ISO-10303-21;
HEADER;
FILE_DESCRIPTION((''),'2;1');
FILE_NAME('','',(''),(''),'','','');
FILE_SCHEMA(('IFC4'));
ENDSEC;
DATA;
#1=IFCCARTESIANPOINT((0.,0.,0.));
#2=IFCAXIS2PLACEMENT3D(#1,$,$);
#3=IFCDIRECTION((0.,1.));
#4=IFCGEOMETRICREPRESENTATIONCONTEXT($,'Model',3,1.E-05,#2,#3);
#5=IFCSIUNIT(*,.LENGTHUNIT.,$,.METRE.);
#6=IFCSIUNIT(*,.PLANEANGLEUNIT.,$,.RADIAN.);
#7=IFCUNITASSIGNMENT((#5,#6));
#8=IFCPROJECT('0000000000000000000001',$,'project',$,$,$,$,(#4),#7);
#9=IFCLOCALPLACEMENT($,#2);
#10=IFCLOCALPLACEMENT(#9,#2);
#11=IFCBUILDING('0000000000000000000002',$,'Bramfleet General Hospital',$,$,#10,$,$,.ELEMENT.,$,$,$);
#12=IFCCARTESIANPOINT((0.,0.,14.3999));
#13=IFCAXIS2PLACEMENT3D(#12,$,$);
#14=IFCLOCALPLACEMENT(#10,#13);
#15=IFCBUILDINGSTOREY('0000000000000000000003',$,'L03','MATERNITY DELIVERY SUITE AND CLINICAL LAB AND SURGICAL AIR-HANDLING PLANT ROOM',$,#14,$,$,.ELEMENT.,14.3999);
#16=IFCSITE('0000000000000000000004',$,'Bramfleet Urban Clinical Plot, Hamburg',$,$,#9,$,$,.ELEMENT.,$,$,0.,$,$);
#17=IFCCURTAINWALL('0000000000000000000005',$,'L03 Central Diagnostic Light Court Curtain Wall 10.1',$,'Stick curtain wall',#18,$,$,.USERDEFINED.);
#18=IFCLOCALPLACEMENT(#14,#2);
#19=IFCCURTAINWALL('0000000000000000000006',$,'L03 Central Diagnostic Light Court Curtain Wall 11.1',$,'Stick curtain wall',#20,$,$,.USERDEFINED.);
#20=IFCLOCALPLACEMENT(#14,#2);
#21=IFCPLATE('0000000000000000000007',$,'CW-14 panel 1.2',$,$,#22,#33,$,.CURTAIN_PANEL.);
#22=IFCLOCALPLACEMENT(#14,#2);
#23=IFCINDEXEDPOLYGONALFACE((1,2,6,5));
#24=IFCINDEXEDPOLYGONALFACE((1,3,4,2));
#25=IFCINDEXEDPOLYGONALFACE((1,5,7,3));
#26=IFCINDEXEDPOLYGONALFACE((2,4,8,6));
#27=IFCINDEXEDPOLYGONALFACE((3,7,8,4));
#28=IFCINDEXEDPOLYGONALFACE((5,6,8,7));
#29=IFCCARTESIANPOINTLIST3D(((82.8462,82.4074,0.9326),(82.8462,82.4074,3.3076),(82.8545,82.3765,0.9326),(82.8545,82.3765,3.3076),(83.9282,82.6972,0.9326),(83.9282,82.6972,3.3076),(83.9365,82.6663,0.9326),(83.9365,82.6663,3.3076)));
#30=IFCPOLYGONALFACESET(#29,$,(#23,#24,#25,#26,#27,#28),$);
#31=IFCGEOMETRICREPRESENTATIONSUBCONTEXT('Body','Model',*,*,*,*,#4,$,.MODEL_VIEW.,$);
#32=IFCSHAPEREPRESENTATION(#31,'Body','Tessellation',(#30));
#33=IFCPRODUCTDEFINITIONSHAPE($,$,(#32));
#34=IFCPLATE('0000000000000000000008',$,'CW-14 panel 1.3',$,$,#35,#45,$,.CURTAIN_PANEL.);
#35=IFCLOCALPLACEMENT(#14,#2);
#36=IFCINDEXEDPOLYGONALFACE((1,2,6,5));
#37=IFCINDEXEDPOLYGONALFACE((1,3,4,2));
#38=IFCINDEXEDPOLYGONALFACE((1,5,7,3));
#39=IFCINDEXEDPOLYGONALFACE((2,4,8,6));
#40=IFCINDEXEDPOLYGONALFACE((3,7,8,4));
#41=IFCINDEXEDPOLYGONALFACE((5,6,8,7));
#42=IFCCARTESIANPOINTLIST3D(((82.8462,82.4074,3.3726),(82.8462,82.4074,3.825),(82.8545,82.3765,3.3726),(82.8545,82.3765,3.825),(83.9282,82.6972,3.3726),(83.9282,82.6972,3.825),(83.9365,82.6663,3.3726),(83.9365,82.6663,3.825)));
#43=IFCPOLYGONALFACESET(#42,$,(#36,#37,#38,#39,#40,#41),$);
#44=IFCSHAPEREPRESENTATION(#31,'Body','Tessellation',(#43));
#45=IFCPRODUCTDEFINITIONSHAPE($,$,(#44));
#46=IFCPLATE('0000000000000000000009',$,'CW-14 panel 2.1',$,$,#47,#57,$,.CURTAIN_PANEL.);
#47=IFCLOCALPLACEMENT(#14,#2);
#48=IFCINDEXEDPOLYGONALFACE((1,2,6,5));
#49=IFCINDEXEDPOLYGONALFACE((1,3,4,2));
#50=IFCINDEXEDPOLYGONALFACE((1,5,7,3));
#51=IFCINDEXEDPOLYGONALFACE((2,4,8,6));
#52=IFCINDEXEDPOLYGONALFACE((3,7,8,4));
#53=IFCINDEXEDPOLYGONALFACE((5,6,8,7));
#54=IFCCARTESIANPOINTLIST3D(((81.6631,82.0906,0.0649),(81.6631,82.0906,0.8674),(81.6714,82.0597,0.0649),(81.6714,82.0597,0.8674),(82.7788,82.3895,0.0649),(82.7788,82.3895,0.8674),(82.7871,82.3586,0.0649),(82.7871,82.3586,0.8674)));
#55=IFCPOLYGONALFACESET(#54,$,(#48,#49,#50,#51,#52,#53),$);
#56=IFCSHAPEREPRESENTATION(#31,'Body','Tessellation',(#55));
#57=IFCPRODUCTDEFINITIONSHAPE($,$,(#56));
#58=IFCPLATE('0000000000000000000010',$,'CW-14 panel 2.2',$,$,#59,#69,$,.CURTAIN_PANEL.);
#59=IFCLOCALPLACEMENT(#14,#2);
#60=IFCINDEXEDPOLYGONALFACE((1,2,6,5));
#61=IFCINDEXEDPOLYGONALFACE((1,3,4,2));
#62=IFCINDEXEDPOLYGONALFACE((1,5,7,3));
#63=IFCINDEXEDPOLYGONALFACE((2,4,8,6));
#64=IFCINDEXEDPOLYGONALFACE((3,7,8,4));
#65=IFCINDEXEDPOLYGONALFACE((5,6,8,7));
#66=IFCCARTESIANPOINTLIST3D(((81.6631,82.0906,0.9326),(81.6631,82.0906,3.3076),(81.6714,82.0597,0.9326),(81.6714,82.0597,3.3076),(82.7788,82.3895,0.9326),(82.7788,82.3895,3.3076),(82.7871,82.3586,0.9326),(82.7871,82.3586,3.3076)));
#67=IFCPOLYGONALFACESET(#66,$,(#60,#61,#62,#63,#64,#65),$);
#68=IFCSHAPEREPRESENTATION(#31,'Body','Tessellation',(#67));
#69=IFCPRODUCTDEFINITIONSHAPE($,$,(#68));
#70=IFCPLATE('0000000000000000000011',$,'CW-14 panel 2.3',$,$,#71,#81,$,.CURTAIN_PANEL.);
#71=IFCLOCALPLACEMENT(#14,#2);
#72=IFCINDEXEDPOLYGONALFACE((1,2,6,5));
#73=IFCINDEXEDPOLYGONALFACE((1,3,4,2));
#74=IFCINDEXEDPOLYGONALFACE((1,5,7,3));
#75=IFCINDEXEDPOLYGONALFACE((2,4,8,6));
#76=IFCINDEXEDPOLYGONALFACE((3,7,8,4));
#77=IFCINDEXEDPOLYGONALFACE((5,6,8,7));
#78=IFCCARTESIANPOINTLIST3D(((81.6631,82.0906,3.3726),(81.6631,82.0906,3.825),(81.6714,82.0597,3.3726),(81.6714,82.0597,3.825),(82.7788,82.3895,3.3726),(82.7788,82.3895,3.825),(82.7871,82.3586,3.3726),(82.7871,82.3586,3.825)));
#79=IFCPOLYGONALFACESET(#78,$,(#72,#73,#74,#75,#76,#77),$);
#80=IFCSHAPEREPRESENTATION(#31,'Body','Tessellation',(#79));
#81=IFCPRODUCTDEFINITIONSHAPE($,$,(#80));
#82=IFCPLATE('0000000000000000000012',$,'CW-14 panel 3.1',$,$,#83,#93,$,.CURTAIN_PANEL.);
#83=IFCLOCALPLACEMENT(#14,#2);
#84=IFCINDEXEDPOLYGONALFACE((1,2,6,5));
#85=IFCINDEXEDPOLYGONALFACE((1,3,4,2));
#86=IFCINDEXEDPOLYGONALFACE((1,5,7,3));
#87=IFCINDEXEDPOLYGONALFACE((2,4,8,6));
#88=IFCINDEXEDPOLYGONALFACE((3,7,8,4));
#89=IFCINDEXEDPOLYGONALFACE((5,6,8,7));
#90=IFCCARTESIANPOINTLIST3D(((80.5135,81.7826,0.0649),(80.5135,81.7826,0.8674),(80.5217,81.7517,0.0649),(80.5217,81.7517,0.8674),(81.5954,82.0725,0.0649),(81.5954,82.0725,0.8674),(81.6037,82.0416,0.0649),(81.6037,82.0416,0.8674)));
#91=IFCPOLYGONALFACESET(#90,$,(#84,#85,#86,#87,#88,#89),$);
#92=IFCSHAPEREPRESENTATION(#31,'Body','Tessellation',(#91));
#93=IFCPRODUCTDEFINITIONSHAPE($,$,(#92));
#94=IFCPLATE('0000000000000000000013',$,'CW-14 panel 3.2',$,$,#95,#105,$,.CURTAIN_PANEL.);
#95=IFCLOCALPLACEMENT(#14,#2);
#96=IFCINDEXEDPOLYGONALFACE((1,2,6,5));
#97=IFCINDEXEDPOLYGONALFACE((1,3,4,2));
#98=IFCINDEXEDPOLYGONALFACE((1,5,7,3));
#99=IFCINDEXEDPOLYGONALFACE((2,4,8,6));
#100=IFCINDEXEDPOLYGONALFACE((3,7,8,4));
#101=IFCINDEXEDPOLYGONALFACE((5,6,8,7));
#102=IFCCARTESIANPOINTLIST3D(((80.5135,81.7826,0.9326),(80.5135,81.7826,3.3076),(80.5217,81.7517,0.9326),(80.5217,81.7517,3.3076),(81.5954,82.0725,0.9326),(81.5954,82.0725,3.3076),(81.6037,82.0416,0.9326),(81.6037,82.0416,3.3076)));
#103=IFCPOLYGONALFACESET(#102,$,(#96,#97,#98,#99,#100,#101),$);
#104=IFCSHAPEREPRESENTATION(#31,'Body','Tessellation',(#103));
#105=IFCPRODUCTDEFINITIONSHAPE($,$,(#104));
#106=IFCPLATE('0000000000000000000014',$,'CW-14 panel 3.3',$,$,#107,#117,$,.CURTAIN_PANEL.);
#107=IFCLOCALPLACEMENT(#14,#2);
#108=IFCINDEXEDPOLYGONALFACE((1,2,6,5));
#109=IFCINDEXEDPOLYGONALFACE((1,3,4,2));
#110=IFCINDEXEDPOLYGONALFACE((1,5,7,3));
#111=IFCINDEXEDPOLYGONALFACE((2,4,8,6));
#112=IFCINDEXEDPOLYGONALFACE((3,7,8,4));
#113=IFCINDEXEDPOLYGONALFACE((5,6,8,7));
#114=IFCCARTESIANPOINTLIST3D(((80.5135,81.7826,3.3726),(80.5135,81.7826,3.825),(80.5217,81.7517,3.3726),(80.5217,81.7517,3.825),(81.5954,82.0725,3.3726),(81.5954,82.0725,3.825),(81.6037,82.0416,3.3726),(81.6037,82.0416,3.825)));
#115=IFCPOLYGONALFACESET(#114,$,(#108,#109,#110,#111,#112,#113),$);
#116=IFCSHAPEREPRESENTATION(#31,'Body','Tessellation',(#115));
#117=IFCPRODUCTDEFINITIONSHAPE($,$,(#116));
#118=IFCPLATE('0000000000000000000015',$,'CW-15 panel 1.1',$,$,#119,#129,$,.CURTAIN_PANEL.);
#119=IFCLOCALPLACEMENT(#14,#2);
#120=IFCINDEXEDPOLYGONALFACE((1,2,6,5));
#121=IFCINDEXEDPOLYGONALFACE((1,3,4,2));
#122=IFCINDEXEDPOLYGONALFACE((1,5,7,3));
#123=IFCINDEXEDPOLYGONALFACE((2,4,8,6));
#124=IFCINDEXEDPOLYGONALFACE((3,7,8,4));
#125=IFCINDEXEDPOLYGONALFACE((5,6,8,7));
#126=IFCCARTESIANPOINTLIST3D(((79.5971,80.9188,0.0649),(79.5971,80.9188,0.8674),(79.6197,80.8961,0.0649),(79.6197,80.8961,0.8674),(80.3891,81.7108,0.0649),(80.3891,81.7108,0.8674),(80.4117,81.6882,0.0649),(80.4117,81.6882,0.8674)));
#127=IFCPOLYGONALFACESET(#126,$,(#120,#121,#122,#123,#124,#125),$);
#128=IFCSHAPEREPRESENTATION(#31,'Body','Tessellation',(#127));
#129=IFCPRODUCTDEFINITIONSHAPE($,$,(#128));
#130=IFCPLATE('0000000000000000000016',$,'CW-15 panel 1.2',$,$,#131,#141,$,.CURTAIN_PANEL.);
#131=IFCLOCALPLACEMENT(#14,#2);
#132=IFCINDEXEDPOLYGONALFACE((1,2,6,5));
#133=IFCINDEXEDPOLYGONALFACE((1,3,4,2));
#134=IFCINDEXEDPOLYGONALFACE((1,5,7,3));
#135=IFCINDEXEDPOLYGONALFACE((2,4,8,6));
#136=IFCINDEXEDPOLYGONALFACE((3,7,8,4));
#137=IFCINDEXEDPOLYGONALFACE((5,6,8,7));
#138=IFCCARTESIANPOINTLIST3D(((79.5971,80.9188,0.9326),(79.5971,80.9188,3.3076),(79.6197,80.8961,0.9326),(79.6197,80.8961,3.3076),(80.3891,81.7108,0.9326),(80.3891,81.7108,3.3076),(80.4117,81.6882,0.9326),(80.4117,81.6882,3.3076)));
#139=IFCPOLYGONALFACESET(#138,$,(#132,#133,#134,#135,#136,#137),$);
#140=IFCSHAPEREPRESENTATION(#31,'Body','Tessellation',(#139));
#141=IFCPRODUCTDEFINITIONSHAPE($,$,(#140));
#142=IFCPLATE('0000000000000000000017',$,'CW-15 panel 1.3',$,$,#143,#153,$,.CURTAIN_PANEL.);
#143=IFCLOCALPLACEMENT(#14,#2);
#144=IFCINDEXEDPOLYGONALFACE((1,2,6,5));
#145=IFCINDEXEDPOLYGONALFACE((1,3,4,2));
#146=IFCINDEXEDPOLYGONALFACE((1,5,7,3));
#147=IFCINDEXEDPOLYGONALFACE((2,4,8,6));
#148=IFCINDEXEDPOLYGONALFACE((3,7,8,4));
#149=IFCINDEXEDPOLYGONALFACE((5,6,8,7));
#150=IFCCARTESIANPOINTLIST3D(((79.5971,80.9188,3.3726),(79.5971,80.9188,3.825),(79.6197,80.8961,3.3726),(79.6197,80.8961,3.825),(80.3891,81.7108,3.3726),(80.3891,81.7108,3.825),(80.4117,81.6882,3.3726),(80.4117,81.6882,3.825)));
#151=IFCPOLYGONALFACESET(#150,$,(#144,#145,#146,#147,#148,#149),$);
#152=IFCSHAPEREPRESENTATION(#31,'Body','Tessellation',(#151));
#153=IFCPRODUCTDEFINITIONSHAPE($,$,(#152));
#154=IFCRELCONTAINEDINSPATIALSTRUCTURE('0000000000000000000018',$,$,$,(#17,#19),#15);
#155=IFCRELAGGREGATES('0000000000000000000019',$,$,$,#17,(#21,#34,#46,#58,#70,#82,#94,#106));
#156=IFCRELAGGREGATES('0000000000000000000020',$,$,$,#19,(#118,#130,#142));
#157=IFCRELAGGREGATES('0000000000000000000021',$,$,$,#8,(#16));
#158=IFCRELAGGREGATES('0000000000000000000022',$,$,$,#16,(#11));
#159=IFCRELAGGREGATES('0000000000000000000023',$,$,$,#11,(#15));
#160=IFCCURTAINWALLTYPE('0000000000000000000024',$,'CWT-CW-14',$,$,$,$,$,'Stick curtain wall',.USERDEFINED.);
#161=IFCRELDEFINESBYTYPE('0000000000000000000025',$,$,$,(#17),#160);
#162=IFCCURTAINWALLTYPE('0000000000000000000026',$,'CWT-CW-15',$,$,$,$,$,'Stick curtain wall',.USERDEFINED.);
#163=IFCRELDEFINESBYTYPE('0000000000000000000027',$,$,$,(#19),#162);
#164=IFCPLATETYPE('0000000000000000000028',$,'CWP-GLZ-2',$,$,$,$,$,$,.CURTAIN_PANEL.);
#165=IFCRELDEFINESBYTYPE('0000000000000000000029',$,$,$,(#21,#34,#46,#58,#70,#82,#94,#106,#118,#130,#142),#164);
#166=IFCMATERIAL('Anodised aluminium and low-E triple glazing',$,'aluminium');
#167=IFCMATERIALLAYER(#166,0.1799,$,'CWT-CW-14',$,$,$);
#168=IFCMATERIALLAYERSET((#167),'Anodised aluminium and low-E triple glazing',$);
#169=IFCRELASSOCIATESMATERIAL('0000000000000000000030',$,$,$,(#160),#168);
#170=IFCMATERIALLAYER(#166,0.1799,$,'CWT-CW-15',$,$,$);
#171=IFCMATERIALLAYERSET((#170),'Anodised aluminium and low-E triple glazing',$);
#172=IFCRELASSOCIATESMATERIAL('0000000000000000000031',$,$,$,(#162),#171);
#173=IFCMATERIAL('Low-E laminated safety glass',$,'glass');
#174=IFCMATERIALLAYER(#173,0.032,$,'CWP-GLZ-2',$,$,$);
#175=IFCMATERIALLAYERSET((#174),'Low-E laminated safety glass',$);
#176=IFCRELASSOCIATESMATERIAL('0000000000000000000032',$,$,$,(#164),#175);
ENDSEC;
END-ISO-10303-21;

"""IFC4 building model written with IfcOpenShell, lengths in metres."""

from ifc_helpers import new_model, si_unit, direction, frame, origin, origin_2d, place, context, subcontext, project, spatial, rectangle, extrude, material, layer, layer_set, type_object, element, aggregate, save


model = new_model("IFC4")

# Units and contexts
model_context = context("Model", 3, precision=1e-05, world=origin(), true_north=direction((0.0, 1.0)))
body_context = subcontext(model_context, "Body", "Model", "MODEL_VIEW")
ifc_project = project(units=[si_unit("LENGTHUNIT", "METRE"), si_unit("PLANEANGLEUNIT", "RADIAN")], contexts=[model_context])

# Site, building, storey
site_placement = place(None, origin())
site = spatial("IfcSite", under=ifc_project, at=site_placement, Name="Bramfleet Urban Clinical Plot, Hamburg", CompositionType="ELEMENT", RefElevation=0.0)
building_placement = place(site_placement, origin())
building = spatial("IfcBuilding", under=site, at=building_placement, Name="Bramfleet General Hospital", CompositionType="ELEMENT")
storey_placement = place(building_placement, frame((0.0, 0.0, 14.3999)))
storey = spatial("IfcBuildingStorey", under=building, at=storey_placement, Name="L03", Description="MATERNITY DELIVERY SUITE AND CLINICAL LAB AND SURGICAL AIR-HANDLING PLANT ROOM", CompositionType="ELEMENT", Elevation=14.3999)

# Curtain walls
ifc_material_1 = material(Name="Anodised aluminium and low-E triple glazing", Category="aluminium")
ifc_layer_1 = layer(ifc_material_1, 0.1799, Name="CWT-CW-14")
ifc_layer_set_1 = layer_set([ifc_layer_1], Name="Anodised aluminium and low-E triple glazing")
curtain_wall_type_1 = type_object("IfcCurtainWallType", Name="CWT-CW-14", ElementType="Stick curtain wall", PredefinedType="USERDEFINED", material=ifc_layer_set_1)
curtain_wall_1_placement = place(storey_placement, origin())
curtain_wall_1 = element("IfcCurtainWall", 1, at=curtain_wall_1_placement, inside=storey, type_object=curtain_wall_type_1, Name="L03 Central Diagnostic Light Court Curtain Wall 10.1", ObjectType="Stick curtain wall", PredefinedType="USERDEFINED")
ifc_layer_2 = layer(ifc_material_1, 0.1799, Name="CWT-CW-15")
ifc_layer_set_2 = layer_set([ifc_layer_2], Name="Anodised aluminium and low-E triple glazing")
curtain_wall_type_2 = type_object("IfcCurtainWallType", Name="CWT-CW-15", ElementType="Stick curtain wall", PredefinedType="USERDEFINED", material=ifc_layer_set_2)
curtain_wall_2_placement = place(storey_placement, origin())
curtain_wall_2 = element("IfcCurtainWall", 2, at=curtain_wall_2_placement, inside=storey, type_object=curtain_wall_type_2, Name="L03 Central Diagnostic Light Court Curtain Wall 11.1", ObjectType="Stick curtain wall", PredefinedType="USERDEFINED")

# Plates
ifc_material_2 = material(Name="Low-E laminated safety glass", Category="glass")
ifc_layer_3 = layer(ifc_material_2, 0.032, Name="CWP-GLZ-2")
ifc_layer_set_3 = layer_set([ifc_layer_3], Name="Low-E laminated safety glass")
plate_type = type_object("IfcPlateType", Name="CWP-GLZ-2", PredefinedType="CURTAIN_PANEL", material=ifc_layer_set_3)
plate_1_placement = place(storey_placement, frame((83.3914, 82.5369, 0.9326), z_axis=(0.0, 0.0, 1.0), x_axis=(-0.965941, -0.258763, 0.0)))
plate_1 = element("IfcPlate", 3, at=plate_1_placement, type_object=plate_type, Name="CW-14 panel 1.2", PredefinedType="CURTAIN_PANEL", context=body_context, shape_type="SweptSolid", body=[
    extrude(rectangle(XDim=1.1201, YDim=0.032, at=origin_2d()), origin(), (0.0, 0.0, 1.0), 2.375),
])
plate_2_placement = place(storey_placement, frame((83.3914, 82.5369, 3.3726), z_axis=(0.0, 0.0, 1.0), x_axis=(-0.965941, -0.258763, 0.0)))
plate_2 = element("IfcPlate", 4, at=plate_2_placement, type_object=plate_type, Name="CW-14 panel 1.3", PredefinedType="CURTAIN_PANEL", context=body_context, shape_type="SweptSolid", body=[
    extrude(rectangle(XDim=1.1201, YDim=0.032, at=origin_2d()), origin(), (0.0, 0.0, 1.0), 0.4524),
])
plate_3_placement = place(storey_placement, frame((82.2251, 82.2246, 0.0649), z_axis=(0.0, 0.0, 1.0), x_axis=(-0.965941, -0.258763, 0.0)))
plate_3 = element("IfcPlate", 5, at=plate_3_placement, type_object=plate_type, Name="CW-14 panel 2.1", PredefinedType="CURTAIN_PANEL", context=body_context, shape_type="SweptSolid", body=[
    extrude(rectangle(XDim=1.155, YDim=0.032, at=origin_2d()), origin(), (0.0, 0.0, 1.0), 0.8025),
])
plate_4_placement = place(storey_placement, frame((82.2251, 82.2246, 0.9326), z_axis=(0.0, 0.0, 1.0), x_axis=(-0.965941, -0.258763, 0.0)))
plate_4 = element("IfcPlate", 6, at=plate_4_placement, type_object=plate_type, Name="CW-14 panel 2.2", PredefinedType="CURTAIN_PANEL", context=body_context, shape_type="SweptSolid", body=[
    extrude(rectangle(XDim=1.155, YDim=0.032, at=origin_2d()), origin(), (0.0, 0.0, 1.0), 2.375),
])
plate_5_placement = place(storey_placement, frame((82.2251, 82.2246, 3.3726), z_axis=(0.0, 0.0, 1.0), x_axis=(-0.965941, -0.258763, 0.0)))
plate_5 = element("IfcPlate", 7, at=plate_5_placement, type_object=plate_type, Name="CW-14 panel 2.3", PredefinedType="CURTAIN_PANEL", context=body_context, shape_type="SweptSolid", body=[
    extrude(rectangle(XDim=1.155, YDim=0.032, at=origin_2d()), origin(), (0.0, 0.0, 1.0), 0.4524),
])
plate_6_placement = place(storey_placement, frame((81.0586, 81.9121, 0.0649), z_axis=(0.0, 0.0, 1.0), x_axis=(-0.965941, -0.258763, 0.0)))
plate_6 = element("IfcPlate", 8, at=plate_6_placement, type_object=plate_type, Name="CW-14 panel 3.1", PredefinedType="CURTAIN_PANEL", context=body_context, shape_type="SweptSolid", body=[
    extrude(rectangle(XDim=1.1201, YDim=0.032, at=origin_2d()), origin(), (0.0, 0.0, 1.0), 0.8025),
])
plate_7_placement = place(storey_placement, frame((81.0586, 81.9121, 0.9326), z_axis=(0.0, 0.0, 1.0), x_axis=(-0.965941, -0.258763, 0.0)))
plate_7 = element("IfcPlate", 9, at=plate_7_placement, type_object=plate_type, Name="CW-14 panel 3.2", PredefinedType="CURTAIN_PANEL", context=body_context, shape_type="SweptSolid", body=[
    extrude(rectangle(XDim=1.1201, YDim=0.032, at=origin_2d()), origin(), (0.0, 0.0, 1.0), 2.375),
])
plate_8_placement = place(storey_placement, frame((81.0586, 81.9121, 3.3726), z_axis=(0.0, 0.0, 1.0), x_axis=(-0.965941, -0.258763, 0.0)))
plate_8 = element("IfcPlate", 10, at=plate_8_placement, type_object=plate_type, Name="CW-14 panel 3.3", PredefinedType="CURTAIN_PANEL", context=body_context, shape_type="SweptSolid", body=[
    extrude(rectangle(XDim=1.1201, YDim=0.032, at=origin_2d()), origin(), (0.0, 0.0, 1.0), 0.4524),
])
aggregate(curtain_wall_1, [plate_1, plate_2, plate_3, plate_4, plate_5, plate_6, plate_7, plate_8])
plate_9_placement = place(storey_placement, frame((80.0044, 81.3035, 0.0649), z_axis=(0.0, 0.0, 1.0), x_axis=(-0.707107, -0.707107, 0.0)))
plate_9 = element("IfcPlate", 11, at=plate_9_placement, type_object=plate_type, Name="CW-15 panel 1.1", PredefinedType="CURTAIN_PANEL", context=body_context, shape_type="SweptSolid", body=[
    extrude(rectangle(XDim=1.1201, YDim=0.032, at=origin_2d()), origin(), (0.0, 0.0, 1.0), 0.8025),
])
plate_10_placement = place(storey_placement, frame((80.0044, 81.3035, 0.9326), z_axis=(0.0, 0.0, 1.0), x_axis=(-0.707107, -0.707107, 0.0)))
plate_10 = element("IfcPlate", 12, at=plate_10_placement, type_object=plate_type, Name="CW-15 panel 1.2", PredefinedType="CURTAIN_PANEL", context=body_context, shape_type="SweptSolid", body=[
    extrude(rectangle(XDim=1.1201, YDim=0.032, at=origin_2d()), origin(), (0.0, 0.0, 1.0), 2.375),
])
plate_11_placement = place(storey_placement, frame((80.0044, 81.3035, 3.3726), z_axis=(0.0, 0.0, 1.0), x_axis=(-0.707107, -0.707107, 0.0)))
plate_11 = element("IfcPlate", 13, at=plate_11_placement, type_object=plate_type, Name="CW-15 panel 1.3", PredefinedType="CURTAIN_PANEL", context=body_context, shape_type="SweptSolid", body=[
    extrude(rectangle(XDim=1.1201, YDim=0.032, at=origin_2d()), origin(), (0.0, 0.0, 1.0), 0.4524),
])
aggregate(curtain_wall_2, [plate_9, plate_10, plate_11])

save(model, "model.ifc")
